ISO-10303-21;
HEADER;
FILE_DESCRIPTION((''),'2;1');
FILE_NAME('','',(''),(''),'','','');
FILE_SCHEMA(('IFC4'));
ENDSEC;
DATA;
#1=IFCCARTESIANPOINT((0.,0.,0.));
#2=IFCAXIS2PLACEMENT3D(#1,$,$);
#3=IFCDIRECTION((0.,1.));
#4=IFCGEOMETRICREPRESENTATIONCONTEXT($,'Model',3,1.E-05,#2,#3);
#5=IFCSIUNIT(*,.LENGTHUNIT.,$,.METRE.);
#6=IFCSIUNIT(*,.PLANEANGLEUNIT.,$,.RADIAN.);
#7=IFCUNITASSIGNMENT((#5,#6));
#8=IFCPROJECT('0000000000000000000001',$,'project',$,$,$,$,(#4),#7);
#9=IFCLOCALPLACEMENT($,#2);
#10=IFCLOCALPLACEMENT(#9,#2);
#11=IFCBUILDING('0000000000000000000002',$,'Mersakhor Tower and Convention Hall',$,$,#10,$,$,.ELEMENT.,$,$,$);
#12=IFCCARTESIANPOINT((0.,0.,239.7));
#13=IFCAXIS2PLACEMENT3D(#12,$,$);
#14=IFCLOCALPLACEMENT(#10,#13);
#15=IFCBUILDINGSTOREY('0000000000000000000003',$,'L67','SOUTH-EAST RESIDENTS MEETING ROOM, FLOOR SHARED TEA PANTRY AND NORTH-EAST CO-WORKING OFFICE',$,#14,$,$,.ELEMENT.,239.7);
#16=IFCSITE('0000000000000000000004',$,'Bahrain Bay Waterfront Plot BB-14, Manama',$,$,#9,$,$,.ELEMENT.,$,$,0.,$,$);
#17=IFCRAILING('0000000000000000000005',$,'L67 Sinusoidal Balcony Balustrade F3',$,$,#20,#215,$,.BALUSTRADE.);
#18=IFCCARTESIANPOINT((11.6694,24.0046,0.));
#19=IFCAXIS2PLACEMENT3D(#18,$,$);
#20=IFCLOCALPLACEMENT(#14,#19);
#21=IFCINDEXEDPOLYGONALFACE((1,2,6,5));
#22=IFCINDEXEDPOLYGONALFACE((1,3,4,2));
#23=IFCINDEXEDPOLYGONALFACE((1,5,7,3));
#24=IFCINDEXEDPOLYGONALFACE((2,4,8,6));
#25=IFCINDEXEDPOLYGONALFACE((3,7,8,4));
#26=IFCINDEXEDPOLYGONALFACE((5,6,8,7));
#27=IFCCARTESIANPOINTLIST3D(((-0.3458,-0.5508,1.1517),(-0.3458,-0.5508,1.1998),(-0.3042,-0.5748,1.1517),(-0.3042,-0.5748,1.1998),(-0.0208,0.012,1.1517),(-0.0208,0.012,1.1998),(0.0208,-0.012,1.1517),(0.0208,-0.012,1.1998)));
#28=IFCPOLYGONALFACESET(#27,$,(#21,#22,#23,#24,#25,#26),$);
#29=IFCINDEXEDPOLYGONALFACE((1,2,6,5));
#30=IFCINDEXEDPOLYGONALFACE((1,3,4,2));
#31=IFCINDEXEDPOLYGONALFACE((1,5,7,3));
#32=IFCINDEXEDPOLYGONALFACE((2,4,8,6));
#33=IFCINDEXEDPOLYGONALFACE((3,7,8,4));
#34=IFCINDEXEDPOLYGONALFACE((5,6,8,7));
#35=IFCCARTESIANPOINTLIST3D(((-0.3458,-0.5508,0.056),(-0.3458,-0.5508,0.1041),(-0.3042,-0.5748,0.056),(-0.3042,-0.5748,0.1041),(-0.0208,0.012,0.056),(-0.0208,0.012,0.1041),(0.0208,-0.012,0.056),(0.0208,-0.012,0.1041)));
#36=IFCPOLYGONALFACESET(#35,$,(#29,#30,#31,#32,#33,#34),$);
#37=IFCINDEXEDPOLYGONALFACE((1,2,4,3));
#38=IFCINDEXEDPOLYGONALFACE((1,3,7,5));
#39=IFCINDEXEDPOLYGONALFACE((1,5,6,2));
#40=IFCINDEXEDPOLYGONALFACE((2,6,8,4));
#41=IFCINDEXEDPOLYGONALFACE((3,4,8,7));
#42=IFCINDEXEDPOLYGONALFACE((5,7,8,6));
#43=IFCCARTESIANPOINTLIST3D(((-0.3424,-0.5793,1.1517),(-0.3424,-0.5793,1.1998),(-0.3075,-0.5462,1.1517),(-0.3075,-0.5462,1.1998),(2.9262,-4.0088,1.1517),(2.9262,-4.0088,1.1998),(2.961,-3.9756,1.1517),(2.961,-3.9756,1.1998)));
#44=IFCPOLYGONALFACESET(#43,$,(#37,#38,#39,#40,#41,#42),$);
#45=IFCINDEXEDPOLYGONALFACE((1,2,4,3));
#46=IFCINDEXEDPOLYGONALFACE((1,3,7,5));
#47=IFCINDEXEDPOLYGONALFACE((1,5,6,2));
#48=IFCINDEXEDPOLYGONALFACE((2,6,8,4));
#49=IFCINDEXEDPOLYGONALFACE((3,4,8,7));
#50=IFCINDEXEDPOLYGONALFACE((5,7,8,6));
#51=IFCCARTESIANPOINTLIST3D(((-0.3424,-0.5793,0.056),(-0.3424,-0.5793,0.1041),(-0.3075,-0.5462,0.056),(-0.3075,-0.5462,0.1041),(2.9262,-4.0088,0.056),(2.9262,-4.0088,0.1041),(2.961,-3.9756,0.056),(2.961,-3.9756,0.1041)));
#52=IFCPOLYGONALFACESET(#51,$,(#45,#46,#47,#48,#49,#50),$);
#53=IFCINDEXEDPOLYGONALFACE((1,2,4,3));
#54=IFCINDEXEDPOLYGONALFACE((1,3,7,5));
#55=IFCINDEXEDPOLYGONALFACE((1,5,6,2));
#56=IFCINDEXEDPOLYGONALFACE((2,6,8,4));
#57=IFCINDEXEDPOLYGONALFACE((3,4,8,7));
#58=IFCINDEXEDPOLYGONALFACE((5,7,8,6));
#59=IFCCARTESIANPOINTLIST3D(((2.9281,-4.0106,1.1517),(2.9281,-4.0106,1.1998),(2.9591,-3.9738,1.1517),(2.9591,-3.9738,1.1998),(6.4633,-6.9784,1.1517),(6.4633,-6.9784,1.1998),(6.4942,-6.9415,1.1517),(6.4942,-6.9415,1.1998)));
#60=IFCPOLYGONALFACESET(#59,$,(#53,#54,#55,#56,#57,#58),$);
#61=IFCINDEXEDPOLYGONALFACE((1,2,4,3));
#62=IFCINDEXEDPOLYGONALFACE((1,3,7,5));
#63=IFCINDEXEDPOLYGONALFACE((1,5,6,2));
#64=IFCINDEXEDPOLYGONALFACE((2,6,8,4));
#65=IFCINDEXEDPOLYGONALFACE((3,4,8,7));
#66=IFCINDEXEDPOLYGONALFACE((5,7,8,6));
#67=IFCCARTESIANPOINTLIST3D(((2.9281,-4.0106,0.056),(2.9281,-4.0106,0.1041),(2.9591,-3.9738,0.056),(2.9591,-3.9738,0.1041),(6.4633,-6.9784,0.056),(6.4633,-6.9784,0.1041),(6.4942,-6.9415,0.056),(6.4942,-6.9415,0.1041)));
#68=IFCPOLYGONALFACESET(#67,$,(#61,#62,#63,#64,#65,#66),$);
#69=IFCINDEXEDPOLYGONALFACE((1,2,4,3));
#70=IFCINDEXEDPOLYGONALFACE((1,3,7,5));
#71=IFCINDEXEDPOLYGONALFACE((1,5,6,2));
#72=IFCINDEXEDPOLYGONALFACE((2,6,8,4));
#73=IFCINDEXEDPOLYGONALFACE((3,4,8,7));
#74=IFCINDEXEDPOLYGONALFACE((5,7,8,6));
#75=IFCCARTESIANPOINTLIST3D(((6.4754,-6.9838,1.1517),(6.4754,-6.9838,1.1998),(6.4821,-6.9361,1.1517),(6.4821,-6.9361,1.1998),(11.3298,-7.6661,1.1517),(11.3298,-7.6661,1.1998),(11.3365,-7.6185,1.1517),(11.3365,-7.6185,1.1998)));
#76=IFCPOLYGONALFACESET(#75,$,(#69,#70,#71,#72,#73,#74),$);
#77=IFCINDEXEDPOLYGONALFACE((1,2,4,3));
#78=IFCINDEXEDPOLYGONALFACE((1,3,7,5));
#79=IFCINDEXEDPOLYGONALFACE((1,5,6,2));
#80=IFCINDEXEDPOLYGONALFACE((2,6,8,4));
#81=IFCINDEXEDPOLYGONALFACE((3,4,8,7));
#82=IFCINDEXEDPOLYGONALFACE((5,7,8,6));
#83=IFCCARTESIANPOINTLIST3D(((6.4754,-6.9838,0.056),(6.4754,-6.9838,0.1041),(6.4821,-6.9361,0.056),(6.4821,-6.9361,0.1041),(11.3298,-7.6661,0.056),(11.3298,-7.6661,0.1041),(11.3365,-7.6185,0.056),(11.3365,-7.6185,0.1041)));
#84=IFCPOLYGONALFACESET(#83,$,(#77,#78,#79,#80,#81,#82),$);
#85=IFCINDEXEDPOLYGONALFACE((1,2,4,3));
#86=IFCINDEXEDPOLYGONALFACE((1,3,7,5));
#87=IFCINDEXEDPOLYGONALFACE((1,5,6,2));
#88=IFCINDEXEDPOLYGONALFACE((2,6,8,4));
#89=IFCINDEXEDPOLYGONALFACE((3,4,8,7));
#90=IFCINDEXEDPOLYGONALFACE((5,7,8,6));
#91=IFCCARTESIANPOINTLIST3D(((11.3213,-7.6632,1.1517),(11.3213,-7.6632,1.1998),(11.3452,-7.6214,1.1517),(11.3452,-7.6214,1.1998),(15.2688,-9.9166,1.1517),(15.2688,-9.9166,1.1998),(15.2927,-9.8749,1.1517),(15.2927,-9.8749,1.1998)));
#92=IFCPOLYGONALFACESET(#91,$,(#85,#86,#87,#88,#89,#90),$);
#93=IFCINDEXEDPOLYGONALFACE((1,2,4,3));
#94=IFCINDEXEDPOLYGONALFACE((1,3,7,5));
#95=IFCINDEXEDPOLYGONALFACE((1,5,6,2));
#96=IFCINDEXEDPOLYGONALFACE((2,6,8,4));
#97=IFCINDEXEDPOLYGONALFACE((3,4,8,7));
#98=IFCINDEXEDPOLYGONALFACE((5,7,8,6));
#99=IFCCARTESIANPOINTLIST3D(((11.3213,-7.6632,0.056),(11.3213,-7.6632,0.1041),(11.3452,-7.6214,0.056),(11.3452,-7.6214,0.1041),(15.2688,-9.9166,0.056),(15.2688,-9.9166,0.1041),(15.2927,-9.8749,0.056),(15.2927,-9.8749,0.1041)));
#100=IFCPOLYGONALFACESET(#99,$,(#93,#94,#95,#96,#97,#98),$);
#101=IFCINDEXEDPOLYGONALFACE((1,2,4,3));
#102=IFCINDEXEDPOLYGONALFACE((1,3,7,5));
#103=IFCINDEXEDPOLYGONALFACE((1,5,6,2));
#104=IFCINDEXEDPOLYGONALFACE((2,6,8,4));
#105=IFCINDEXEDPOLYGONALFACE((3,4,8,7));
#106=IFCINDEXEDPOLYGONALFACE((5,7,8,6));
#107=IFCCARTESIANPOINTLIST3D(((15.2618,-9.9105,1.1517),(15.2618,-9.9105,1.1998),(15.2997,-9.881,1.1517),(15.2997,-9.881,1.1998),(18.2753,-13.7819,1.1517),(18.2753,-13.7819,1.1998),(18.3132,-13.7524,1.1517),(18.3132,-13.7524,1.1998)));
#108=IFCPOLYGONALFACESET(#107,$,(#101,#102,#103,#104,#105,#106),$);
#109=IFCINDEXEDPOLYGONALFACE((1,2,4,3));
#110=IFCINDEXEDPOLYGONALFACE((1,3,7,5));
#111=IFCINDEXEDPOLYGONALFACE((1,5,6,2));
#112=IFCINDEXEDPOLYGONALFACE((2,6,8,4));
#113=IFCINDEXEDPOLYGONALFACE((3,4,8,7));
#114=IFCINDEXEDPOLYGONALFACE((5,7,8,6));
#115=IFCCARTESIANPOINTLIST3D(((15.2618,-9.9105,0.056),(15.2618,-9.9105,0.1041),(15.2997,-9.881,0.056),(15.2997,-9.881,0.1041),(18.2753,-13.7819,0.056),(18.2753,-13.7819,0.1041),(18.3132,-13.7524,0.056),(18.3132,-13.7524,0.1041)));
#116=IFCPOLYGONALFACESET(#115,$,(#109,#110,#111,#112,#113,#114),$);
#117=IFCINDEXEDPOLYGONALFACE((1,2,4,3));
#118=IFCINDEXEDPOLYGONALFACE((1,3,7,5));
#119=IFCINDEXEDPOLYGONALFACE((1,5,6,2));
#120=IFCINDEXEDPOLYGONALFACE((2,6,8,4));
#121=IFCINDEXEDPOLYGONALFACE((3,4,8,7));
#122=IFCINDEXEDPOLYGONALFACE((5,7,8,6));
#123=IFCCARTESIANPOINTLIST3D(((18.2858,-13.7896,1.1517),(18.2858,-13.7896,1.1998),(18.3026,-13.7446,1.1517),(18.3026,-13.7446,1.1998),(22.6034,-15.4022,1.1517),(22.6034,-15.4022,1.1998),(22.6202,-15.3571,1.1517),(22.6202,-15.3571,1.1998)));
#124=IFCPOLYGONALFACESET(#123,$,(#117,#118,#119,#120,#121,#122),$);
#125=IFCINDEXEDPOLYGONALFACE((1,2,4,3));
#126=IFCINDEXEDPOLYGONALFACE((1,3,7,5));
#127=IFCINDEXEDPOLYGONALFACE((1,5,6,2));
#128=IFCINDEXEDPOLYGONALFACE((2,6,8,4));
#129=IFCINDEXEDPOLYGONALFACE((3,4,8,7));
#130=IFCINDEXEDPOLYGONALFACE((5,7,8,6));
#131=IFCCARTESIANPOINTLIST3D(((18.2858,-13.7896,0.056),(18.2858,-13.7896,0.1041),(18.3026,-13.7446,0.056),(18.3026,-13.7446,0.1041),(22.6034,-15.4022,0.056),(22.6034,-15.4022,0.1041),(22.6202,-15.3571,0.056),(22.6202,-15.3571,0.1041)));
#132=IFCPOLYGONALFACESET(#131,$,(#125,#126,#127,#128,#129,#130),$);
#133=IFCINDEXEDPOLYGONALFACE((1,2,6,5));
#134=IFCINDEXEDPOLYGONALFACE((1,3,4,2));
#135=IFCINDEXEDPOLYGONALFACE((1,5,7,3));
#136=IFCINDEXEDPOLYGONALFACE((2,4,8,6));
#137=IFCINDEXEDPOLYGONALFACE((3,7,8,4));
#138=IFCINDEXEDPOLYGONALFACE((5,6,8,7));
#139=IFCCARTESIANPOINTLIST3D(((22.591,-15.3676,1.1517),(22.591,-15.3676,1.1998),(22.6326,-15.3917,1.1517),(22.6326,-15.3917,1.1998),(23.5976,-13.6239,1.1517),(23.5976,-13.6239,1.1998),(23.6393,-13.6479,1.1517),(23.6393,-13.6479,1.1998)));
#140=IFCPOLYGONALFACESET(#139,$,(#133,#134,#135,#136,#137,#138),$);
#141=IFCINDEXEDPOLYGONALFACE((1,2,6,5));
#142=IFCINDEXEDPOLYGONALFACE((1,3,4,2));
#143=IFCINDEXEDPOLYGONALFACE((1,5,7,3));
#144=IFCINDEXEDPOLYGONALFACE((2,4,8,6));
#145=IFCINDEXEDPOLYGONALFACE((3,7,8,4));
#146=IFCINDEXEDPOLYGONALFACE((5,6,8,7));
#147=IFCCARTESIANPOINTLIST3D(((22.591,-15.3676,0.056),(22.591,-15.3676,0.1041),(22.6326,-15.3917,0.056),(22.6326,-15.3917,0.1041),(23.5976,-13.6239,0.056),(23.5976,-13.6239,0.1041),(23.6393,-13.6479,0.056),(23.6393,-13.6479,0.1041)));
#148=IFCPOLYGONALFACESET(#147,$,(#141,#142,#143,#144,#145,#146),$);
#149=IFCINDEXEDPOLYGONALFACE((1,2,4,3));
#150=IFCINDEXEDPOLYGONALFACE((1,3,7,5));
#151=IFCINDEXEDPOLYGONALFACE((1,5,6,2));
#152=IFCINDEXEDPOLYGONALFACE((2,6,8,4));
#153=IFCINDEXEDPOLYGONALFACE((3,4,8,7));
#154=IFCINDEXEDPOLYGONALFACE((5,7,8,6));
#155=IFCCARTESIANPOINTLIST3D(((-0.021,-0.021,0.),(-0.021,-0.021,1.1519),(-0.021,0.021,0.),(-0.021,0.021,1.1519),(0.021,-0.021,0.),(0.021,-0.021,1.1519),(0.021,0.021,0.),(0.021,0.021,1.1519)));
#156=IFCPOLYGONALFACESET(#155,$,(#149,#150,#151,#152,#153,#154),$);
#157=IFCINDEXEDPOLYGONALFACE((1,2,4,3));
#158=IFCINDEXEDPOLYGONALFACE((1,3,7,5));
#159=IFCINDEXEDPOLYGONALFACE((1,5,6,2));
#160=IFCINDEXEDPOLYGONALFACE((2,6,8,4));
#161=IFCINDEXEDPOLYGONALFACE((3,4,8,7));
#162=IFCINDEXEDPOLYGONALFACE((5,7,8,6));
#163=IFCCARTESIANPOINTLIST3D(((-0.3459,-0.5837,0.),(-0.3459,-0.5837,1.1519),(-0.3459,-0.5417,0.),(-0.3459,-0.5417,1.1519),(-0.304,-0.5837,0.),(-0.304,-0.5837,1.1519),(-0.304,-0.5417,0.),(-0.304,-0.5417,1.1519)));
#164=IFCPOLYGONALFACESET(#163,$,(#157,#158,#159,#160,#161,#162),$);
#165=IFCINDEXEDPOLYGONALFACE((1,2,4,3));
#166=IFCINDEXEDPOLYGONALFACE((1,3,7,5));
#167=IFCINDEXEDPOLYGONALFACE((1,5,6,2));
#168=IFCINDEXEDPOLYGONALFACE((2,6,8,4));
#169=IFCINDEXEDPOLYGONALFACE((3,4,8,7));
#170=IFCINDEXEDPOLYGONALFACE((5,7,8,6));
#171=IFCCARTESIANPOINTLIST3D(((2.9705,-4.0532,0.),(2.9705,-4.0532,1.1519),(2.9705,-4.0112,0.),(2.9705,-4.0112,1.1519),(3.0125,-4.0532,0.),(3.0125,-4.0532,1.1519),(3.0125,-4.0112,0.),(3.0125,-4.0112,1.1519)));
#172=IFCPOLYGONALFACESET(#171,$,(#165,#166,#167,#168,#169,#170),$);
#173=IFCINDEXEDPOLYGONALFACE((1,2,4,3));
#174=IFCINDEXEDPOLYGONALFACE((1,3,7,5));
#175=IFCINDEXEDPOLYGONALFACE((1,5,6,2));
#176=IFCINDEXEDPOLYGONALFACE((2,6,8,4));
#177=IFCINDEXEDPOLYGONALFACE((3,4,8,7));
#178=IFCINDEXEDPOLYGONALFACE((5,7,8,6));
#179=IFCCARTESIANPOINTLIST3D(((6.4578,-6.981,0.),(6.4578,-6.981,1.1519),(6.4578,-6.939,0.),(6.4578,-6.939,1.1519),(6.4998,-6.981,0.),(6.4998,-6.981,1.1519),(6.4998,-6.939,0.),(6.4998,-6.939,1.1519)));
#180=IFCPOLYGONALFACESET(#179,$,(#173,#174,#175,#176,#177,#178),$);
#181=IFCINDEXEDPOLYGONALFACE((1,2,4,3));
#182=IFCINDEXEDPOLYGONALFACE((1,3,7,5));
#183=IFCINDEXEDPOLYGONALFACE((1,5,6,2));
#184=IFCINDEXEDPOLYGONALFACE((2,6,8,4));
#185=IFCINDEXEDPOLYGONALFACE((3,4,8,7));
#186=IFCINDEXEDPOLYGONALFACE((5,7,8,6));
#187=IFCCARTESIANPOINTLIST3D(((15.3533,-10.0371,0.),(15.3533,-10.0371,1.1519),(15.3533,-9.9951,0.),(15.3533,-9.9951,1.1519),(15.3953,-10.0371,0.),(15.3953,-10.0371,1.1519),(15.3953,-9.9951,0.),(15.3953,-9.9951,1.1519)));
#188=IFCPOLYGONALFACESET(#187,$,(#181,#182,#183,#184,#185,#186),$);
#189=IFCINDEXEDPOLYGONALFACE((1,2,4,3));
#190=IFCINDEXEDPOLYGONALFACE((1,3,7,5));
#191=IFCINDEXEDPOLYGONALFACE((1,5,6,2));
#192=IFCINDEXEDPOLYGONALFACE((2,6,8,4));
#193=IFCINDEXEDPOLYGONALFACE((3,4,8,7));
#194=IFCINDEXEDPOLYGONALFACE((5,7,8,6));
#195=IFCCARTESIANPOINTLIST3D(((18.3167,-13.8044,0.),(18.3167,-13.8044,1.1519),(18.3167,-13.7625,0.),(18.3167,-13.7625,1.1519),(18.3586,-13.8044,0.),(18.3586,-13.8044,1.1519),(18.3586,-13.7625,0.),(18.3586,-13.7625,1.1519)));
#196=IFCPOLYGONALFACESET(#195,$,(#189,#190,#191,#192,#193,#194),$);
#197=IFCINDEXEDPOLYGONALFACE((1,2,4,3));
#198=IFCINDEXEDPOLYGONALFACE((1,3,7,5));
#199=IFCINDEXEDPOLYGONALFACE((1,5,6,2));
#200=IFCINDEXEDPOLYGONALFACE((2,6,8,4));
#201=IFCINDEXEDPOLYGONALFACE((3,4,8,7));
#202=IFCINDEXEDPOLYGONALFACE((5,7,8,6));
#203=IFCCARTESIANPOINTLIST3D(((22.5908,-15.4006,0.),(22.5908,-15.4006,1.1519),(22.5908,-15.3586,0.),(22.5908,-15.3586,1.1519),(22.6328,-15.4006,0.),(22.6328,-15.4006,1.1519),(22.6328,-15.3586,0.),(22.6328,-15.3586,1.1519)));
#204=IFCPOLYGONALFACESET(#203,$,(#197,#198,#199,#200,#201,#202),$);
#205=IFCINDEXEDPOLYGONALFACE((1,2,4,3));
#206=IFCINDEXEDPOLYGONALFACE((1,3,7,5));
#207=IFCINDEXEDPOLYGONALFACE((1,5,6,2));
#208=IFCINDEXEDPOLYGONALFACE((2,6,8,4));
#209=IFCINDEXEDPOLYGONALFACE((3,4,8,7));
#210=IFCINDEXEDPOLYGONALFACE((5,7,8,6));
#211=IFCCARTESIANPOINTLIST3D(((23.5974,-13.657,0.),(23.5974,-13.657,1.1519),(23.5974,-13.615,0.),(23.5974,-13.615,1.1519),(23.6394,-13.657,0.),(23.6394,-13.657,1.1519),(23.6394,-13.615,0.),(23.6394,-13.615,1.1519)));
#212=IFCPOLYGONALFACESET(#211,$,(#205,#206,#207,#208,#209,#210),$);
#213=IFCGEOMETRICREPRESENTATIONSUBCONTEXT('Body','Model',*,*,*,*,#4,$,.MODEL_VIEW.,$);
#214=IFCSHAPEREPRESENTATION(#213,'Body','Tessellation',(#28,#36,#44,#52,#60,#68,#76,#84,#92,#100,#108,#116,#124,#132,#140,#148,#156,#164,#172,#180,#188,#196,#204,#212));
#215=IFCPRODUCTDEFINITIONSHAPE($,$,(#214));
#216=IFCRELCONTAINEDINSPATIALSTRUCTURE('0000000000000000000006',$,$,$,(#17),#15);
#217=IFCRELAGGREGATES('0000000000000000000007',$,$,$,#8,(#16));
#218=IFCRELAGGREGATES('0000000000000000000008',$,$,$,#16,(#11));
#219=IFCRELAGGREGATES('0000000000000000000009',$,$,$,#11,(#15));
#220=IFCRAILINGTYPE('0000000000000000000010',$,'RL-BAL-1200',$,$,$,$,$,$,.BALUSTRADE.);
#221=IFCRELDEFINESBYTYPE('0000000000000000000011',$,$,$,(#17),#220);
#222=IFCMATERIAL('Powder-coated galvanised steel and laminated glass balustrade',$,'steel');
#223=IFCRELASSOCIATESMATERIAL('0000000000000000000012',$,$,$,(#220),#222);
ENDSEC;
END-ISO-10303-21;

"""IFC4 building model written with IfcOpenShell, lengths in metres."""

from ifc_helpers import new_model, si_unit, direction, frame, origin, origin_2d, place, context, subcontext, project, spatial, rectangle, extrude, material, type_object, element, save


model = new_model("IFC4")

# Units and contexts
model_context = context("Model", 3, precision=1e-05, world=origin(), true_north=direction((0.0, 1.0)))
body_context = subcontext(model_context, "Body", "Model", "MODEL_VIEW")
ifc_project = project(units=[si_unit("LENGTHUNIT", "METRE"), si_unit("PLANEANGLEUNIT", "RADIAN")], contexts=[model_context])

# Site, building, storey
site_placement = place(None, origin())
site = spatial("IfcSite", under=ifc_project, at=site_placement, Name="Bahrain Bay Waterfront Plot BB-14, Manama", CompositionType="ELEMENT", RefElevation=0.0)
building_placement = place(site_placement, origin())
building = spatial("IfcBuilding", under=site, at=building_placement, Name="Mersakhor Tower and Convention Hall", CompositionType="ELEMENT")
storey_placement = place(building_placement, frame((0.0, 0.0, 239.7)))
storey = spatial("IfcBuildingStorey", under=building, at=storey_placement, Name="L67", Description="SOUTH-EAST RESIDENTS MEETING ROOM, FLOOR SHARED TEA PANTRY AND NORTH-EAST CO-WORKING OFFICE", CompositionType="ELEMENT", Elevation=239.7)

# Railing
ifc_material_1 = material(Name="Powder-coated galvanised steel and laminated glass balustrade", Category="steel")
railing_type = type_object("IfcRailingType", Name="RL-BAL-1200", PredefinedType="BALUSTRADE", material=ifc_material_1)
railing_placement = place(storey_placement, frame((11.6694, 24.0046, 0.0)))
element("IfcRailing", 1, at=railing_placement, inside=storey, type_object=railing_type, Name="L67 Sinusoidal Balcony Balustrade F3", PredefinedType="BALUSTRADE", context=body_context, shape_type="SweptSolid", body=[
    extrude(rectangle(XDim=0.0481, YDim=0.0481, at=origin_2d()), frame((0.0, 0.0, 1.1758), z_axis=(-0.500059, -0.865992, 0.0), x_axis=(0.865992, -0.500059, 0.0)), (0.0, 0.0, 1.0), 0.6499),
    extrude(rectangle(XDim=0.0481, YDim=0.0481, at=origin_2d()), frame((0.0, 0.0, 0.0801), z_axis=(-0.500059, -0.865992, 0.0), x_axis=(0.865992, -0.500059, 0.0)), (0.0, 0.0, 1.0), 0.6499),
    extrude(rectangle(XDim=0.0481, YDim=0.0481, at=origin_2d()), frame((-0.325, -0.5627, 1.1758), z_axis=(0.689923, -0.723883, 0.0), x_axis=(0.723883, 0.689923, 0.0)), (0.0, 0.0, 1.0), 4.7375),
    extrude(rectangle(XDim=0.0481, YDim=0.0481, at=origin_2d()), frame((-0.325, -0.5627, 0.0801), z_axis=(0.689923, -0.723883, 0.0), x_axis=(0.723883, 0.689923, 0.0)), (0.0, 0.0, 1.0), 4.7375),
    extrude(rectangle(XDim=0.0481, YDim=0.0481, at=origin_2d()), frame((2.9436, -3.9922, 1.1758), z_axis=(0.765892, -0.642969, 0.0), x_axis=(0.642969, 0.765892, 0.0)), (0.0, 0.0, 1.0), 4.6157),
    extrude(rectangle(XDim=0.0481, YDim=0.0481, at=origin_2d()), frame((2.9436, -3.9922, 0.0801), z_axis=(0.765892, -0.642969, 0.0), x_axis=(0.642969, 0.765892, 0.0)), (0.0, 0.0, 1.0), 4.6157),
    extrude(rectangle(XDim=0.0481, YDim=0.0481, at=origin_2d()), frame((6.4788, -6.96, 1.1758), z_axis=(0.990265, -0.139197, 0.0), x_axis=(0.139197, 0.990265, 0.0)), (0.0, 0.0, 1.0), 4.9021),
    extrude(rectangle(XDim=0.0481, YDim=0.0481, at=origin_2d()), frame((6.4788, -6.96, 0.0801), z_axis=(0.990265, -0.139197, 0.0), x_axis=(0.139197, 0.990265, 0.0)), (0.0, 0.0, 1.0), 4.9021),
    extrude(rectangle(XDim=0.0481, YDim=0.0481, at=origin_2d()), frame((11.3333, -7.6423, 1.1758), z_axis=(0.868461, -0.495757, 0.0), x_axis=(0.495757, 0.868461, 0.0)), (0.0, 0.0, 1.0), 4.5454),
    extrude(rectangle(XDim=0.0481, YDim=0.0481, at=origin_2d()), frame((11.3333, -7.6423, 0.0801), z_axis=(0.868461, -0.495757, 0.0), x_axis=(0.495757, 0.868461, 0.0)), (0.0, 0.0, 1.0), 4.5454),
    extrude(rectangle(XDim=0.0481, YDim=0.0481, at=origin_2d()), frame((15.2808, -9.8958, 1.1758), z_axis=(0.614244, -0.789116, 0.0), x_axis=(0.789116, 0.614244, 0.0)), (0.0, 0.0, 1.0), 4.906),
    extrude(rectangle(XDim=0.0481, YDim=0.0481, at=origin_2d()), frame((15.2808, -9.8958, 0.0801), z_axis=(0.614244, -0.789116, 0.0), x_axis=(0.789116, 0.614244, 0.0)), (0.0, 0.0, 1.0), 4.906),
    extrude(rectangle(XDim=0.0481, YDim=0.0481, at=origin_2d()), frame((18.2942, -13.7671, 1.1758), z_axis=(0.936796, -0.349875, 0.0), x_axis=(0.349875, 0.936796, 0.0)), (0.0, 0.0, 1.0), 4.6089),
    extrude(rectangle(XDim=0.0481, YDim=0.0481, at=origin_2d()), frame((18.2942, -13.7671, 0.0801), z_axis=(0.936796, -0.349875, 0.0), x_axis=(0.349875, 0.936796, 0.0)), (0.0, 0.0, 1.0), 4.6089),
    extrude(rectangle(XDim=0.0481, YDim=0.0481, at=origin_2d()), frame((22.6118, -15.3796, 1.1758), z_axis=(0.49996, 0.866048, 0.0), x_axis=(-0.866048, 0.49996, 0.0)), (0.0, 0.0, 1.0), 2.0134),
    extrude(rectangle(XDim=0.0481, YDim=0.0481, at=origin_2d()), frame((22.6118, -15.3796, 0.0801), z_axis=(0.49996, 0.866048, 0.0), x_axis=(-0.866048, 0.49996, 0.0)), (0.0, 0.0, 1.0), 2.0134),
    extrude(rectangle(XDim=0.042, YDim=0.042, at=origin_2d()), origin(), (0.0, 0.0, 1.0), 1.1519),
    extrude(rectangle(XDim=0.042, YDim=0.042, at=origin_2d()), frame((-0.325, -0.5627, 0.0)), (0.0, 0.0, 1.0), 1.1519),
    extrude(rectangle(XDim=0.042, YDim=0.042, at=origin_2d()), frame((2.9915, -4.0322, 0.0)), (0.0, 0.0, 1.0), 1.1519),
    extrude(rectangle(XDim=0.042, YDim=0.042, at=origin_2d()), frame((6.4788, -6.96, 0.0)), (0.0, 0.0, 1.0), 1.1519),
    extrude(rectangle(XDim=0.042, YDim=0.042, at=origin_2d()), frame((15.3743, -10.0161, 0.0)), (0.0, 0.0, 1.0), 1.1519),
    extrude(rectangle(XDim=0.042, YDim=0.042, at=origin_2d()), frame((18.3376, -13.7834, 0.0)), (0.0, 0.0, 1.0), 1.1519),
    extrude(rectangle(XDim=0.042, YDim=0.042, at=origin_2d()), frame((22.6118, -15.3796, 0.0)), (0.0, 0.0, 1.0), 1.1519),
    extrude(rectangle(XDim=0.042, YDim=0.042, at=origin_2d()), frame((23.6184, -13.636, 0.0)), (0.0, 0.0, 1.0), 1.1519),
])

save(model, "model.ifc")
